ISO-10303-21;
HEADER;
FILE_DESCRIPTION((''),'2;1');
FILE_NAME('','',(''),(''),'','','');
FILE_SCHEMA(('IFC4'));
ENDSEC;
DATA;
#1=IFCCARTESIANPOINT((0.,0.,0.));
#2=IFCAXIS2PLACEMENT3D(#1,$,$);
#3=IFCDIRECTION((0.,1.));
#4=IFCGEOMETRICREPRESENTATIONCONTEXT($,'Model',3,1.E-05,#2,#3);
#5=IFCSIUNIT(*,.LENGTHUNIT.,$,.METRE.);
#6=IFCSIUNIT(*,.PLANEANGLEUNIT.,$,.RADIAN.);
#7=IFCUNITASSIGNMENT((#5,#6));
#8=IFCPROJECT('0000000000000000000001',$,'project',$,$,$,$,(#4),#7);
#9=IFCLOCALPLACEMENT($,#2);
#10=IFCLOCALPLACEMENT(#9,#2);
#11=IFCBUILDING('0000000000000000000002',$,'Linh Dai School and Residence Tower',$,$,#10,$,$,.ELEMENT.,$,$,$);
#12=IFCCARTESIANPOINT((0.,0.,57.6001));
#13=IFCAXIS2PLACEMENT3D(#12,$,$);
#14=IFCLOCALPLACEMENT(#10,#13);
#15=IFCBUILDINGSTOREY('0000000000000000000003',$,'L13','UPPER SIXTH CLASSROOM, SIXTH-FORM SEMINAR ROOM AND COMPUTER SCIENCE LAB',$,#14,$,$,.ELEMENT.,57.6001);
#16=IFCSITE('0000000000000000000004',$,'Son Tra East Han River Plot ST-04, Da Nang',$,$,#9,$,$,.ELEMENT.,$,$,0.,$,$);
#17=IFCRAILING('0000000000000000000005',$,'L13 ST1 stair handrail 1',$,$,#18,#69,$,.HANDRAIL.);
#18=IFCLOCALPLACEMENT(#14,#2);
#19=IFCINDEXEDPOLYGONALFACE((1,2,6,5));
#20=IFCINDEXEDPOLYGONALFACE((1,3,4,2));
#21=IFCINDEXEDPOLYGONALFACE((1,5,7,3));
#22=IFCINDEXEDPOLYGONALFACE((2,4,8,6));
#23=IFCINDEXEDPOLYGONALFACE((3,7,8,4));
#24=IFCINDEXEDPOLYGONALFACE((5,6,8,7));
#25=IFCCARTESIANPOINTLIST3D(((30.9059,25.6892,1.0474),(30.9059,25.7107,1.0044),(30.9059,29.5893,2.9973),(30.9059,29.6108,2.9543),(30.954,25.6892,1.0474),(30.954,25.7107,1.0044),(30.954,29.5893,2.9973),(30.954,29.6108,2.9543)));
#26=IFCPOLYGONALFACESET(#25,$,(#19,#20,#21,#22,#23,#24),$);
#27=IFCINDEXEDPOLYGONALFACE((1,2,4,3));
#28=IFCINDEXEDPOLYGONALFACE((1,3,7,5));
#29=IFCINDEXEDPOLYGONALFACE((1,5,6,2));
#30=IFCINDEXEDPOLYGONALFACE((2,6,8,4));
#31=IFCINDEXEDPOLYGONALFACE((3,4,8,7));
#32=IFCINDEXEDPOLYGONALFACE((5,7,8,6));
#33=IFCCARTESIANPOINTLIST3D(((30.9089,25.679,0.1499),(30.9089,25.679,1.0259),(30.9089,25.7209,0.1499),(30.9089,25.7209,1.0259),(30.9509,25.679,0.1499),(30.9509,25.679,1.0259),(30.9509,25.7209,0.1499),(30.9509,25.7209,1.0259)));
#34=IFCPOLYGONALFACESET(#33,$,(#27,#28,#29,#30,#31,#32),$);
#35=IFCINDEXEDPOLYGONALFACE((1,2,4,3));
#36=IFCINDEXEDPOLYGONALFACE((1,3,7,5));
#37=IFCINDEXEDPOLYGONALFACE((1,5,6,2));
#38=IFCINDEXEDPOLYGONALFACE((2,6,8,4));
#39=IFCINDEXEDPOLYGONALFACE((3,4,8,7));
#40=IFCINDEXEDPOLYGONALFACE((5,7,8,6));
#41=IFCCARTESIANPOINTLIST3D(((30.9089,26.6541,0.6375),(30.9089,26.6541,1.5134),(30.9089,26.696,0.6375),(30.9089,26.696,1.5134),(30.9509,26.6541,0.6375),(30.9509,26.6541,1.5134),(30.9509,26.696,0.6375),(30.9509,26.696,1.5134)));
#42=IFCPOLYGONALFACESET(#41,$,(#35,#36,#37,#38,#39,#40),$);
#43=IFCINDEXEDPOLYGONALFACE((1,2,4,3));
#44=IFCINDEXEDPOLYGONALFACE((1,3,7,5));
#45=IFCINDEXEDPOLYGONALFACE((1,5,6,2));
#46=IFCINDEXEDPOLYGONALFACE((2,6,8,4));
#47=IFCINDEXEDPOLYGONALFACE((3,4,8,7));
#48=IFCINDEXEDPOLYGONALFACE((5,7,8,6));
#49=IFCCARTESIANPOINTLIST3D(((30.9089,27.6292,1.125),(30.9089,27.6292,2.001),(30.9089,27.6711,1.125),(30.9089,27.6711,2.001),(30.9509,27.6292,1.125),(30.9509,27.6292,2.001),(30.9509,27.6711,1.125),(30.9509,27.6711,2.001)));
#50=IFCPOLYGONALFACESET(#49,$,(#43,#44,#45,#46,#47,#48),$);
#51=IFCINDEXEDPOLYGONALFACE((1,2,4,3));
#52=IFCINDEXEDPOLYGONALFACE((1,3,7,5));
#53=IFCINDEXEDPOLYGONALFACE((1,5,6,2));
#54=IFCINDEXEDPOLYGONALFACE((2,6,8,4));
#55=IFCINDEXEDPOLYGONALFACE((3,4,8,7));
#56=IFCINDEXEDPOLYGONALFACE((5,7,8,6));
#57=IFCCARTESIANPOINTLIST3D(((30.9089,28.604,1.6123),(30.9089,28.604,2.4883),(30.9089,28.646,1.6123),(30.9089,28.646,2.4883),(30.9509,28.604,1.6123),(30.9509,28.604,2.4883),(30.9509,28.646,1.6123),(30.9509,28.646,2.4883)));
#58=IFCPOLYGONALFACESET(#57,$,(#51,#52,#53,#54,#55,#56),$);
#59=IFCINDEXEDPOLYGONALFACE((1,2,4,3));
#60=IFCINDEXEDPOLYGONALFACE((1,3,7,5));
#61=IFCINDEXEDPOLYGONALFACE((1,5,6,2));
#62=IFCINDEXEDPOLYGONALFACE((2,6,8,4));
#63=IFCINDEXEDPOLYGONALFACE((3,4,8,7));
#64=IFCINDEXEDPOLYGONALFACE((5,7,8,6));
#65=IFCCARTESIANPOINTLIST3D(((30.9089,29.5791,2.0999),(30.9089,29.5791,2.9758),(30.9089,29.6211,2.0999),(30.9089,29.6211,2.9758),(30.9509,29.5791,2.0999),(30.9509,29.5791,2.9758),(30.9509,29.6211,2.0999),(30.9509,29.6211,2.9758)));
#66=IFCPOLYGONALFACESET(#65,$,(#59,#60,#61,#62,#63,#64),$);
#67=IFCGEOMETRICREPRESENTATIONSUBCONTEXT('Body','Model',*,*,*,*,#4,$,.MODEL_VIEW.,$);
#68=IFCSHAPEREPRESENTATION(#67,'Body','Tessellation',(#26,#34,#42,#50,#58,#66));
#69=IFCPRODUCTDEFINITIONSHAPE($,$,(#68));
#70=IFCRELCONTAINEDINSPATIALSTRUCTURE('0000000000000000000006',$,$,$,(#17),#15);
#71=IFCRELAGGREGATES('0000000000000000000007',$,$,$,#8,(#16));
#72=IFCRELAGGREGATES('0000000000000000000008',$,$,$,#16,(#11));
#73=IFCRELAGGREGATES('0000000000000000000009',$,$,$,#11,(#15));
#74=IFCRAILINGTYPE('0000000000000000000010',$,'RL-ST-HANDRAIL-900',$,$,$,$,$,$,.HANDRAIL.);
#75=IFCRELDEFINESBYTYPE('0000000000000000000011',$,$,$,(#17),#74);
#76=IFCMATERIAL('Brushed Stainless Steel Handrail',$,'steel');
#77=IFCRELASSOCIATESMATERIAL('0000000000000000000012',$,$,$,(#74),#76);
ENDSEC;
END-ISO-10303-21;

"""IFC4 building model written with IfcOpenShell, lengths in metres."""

from ifc_helpers import new_model, si_unit, direction, frame, origin, origin_2d, place, context, subcontext, project, spatial, rectangle, extrude, source, transform, mapped, material, type_object, element, save


model = new_model("IFC4")

# Units and contexts
model_context = context("Model", 3, precision=1e-05, world=origin(), true_north=direction((0.0, 1.0)))
body_context = subcontext(model_context, "Body", "Model", "MODEL_VIEW")
ifc_project = project(units=[si_unit("LENGTHUNIT", "METRE"), si_unit("PLANEANGLEUNIT", "RADIAN")], contexts=[model_context])

# Site, building, storey
site_placement = place(None, origin())
site = spatial("IfcSite", under=ifc_project, at=site_placement, Name="Son Tra East Han River Plot ST-04, Da Nang", CompositionType="ELEMENT", RefElevation=0.0)
building_placement = place(site_placement, origin())
building = spatial("IfcBuilding", under=site, at=building_placement, Name="Linh Dai School and Residence Tower", CompositionType="ELEMENT")
storey_placement = place(building_placement, frame((0.0, 0.0, 57.6001)))
storey = spatial("IfcBuildingStorey", under=building, at=storey_placement, Name="L13", Description="UPPER SIXTH CLASSROOM, SIXTH-FORM SEMINAR ROOM AND COMPUTER SCIENCE LAB", CompositionType="ELEMENT", Elevation=57.6001)

# Railing
ifc_material_1 = material(Name="Brushed Stainless Steel Handrail", Category="steel")
railing_type_1 = type_object("IfcRailingType", Name="RL-ST-HANDRAIL-900", PredefinedType="HANDRAIL", material=ifc_material_1)
shared_shape_1 = source(origin(), body_context, "Body", "SweptSolid", [
    extrude(rectangle(XDim=0.0481, YDim=0.0481, at=origin_2d()), frame((0.0, 0.0, 0.876), z_axis=(0.0, 0.894438, 0.447191), x_axis=(-1.0, 0.0, 0.0)), (0.0, 0.0, 1.0), 4.3604),
    extrude(rectangle(XDim=0.042, YDim=0.042, at=origin_2d()), origin(), (0.0, 0.0, 1.0), 0.876),
    extrude(rectangle(XDim=0.042, YDim=0.042, at=origin_2d()), frame((0.0, 0.9751, 0.4875)), (0.0, 0.0, 1.0), 0.876),
    extrude(rectangle(XDim=0.042, YDim=0.042, at=origin_2d()), frame((0.0, 1.9502, 0.9751)), (0.0, 0.0, 1.0), 0.876),
    extrude(rectangle(XDim=0.042, YDim=0.042, at=origin_2d()), frame((0.0, 2.925, 1.4624)), (0.0, 0.0, 1.0), 0.876),
    extrude(rectangle(XDim=0.042, YDim=0.042, at=origin_2d()), frame((0.0, 3.9001, 1.95)), (0.0, 0.0, 1.0), 0.876),
])
railing_1_placement = place(storey_placement, frame((30.9299, 25.7, 0.1499)))
element("IfcRailing", 1, at=railing_1_placement, inside=storey, type_object=railing_type_1, Name="L13 ST1 stair handrail 1", PredefinedType="HANDRAIL", context=body_context, shape_type="MappedRepresentation", body=[
    mapped(shared_shape_1, transform((0.0, 0.0, 0.0), x_axis=(1.0, 0.0, 0.0), y_axis=(0.0, 1.0, 0.0), z_axis=(0.0, 0.0, 1.0), scale=1.0)),
])

save(model, "model.ifc")
